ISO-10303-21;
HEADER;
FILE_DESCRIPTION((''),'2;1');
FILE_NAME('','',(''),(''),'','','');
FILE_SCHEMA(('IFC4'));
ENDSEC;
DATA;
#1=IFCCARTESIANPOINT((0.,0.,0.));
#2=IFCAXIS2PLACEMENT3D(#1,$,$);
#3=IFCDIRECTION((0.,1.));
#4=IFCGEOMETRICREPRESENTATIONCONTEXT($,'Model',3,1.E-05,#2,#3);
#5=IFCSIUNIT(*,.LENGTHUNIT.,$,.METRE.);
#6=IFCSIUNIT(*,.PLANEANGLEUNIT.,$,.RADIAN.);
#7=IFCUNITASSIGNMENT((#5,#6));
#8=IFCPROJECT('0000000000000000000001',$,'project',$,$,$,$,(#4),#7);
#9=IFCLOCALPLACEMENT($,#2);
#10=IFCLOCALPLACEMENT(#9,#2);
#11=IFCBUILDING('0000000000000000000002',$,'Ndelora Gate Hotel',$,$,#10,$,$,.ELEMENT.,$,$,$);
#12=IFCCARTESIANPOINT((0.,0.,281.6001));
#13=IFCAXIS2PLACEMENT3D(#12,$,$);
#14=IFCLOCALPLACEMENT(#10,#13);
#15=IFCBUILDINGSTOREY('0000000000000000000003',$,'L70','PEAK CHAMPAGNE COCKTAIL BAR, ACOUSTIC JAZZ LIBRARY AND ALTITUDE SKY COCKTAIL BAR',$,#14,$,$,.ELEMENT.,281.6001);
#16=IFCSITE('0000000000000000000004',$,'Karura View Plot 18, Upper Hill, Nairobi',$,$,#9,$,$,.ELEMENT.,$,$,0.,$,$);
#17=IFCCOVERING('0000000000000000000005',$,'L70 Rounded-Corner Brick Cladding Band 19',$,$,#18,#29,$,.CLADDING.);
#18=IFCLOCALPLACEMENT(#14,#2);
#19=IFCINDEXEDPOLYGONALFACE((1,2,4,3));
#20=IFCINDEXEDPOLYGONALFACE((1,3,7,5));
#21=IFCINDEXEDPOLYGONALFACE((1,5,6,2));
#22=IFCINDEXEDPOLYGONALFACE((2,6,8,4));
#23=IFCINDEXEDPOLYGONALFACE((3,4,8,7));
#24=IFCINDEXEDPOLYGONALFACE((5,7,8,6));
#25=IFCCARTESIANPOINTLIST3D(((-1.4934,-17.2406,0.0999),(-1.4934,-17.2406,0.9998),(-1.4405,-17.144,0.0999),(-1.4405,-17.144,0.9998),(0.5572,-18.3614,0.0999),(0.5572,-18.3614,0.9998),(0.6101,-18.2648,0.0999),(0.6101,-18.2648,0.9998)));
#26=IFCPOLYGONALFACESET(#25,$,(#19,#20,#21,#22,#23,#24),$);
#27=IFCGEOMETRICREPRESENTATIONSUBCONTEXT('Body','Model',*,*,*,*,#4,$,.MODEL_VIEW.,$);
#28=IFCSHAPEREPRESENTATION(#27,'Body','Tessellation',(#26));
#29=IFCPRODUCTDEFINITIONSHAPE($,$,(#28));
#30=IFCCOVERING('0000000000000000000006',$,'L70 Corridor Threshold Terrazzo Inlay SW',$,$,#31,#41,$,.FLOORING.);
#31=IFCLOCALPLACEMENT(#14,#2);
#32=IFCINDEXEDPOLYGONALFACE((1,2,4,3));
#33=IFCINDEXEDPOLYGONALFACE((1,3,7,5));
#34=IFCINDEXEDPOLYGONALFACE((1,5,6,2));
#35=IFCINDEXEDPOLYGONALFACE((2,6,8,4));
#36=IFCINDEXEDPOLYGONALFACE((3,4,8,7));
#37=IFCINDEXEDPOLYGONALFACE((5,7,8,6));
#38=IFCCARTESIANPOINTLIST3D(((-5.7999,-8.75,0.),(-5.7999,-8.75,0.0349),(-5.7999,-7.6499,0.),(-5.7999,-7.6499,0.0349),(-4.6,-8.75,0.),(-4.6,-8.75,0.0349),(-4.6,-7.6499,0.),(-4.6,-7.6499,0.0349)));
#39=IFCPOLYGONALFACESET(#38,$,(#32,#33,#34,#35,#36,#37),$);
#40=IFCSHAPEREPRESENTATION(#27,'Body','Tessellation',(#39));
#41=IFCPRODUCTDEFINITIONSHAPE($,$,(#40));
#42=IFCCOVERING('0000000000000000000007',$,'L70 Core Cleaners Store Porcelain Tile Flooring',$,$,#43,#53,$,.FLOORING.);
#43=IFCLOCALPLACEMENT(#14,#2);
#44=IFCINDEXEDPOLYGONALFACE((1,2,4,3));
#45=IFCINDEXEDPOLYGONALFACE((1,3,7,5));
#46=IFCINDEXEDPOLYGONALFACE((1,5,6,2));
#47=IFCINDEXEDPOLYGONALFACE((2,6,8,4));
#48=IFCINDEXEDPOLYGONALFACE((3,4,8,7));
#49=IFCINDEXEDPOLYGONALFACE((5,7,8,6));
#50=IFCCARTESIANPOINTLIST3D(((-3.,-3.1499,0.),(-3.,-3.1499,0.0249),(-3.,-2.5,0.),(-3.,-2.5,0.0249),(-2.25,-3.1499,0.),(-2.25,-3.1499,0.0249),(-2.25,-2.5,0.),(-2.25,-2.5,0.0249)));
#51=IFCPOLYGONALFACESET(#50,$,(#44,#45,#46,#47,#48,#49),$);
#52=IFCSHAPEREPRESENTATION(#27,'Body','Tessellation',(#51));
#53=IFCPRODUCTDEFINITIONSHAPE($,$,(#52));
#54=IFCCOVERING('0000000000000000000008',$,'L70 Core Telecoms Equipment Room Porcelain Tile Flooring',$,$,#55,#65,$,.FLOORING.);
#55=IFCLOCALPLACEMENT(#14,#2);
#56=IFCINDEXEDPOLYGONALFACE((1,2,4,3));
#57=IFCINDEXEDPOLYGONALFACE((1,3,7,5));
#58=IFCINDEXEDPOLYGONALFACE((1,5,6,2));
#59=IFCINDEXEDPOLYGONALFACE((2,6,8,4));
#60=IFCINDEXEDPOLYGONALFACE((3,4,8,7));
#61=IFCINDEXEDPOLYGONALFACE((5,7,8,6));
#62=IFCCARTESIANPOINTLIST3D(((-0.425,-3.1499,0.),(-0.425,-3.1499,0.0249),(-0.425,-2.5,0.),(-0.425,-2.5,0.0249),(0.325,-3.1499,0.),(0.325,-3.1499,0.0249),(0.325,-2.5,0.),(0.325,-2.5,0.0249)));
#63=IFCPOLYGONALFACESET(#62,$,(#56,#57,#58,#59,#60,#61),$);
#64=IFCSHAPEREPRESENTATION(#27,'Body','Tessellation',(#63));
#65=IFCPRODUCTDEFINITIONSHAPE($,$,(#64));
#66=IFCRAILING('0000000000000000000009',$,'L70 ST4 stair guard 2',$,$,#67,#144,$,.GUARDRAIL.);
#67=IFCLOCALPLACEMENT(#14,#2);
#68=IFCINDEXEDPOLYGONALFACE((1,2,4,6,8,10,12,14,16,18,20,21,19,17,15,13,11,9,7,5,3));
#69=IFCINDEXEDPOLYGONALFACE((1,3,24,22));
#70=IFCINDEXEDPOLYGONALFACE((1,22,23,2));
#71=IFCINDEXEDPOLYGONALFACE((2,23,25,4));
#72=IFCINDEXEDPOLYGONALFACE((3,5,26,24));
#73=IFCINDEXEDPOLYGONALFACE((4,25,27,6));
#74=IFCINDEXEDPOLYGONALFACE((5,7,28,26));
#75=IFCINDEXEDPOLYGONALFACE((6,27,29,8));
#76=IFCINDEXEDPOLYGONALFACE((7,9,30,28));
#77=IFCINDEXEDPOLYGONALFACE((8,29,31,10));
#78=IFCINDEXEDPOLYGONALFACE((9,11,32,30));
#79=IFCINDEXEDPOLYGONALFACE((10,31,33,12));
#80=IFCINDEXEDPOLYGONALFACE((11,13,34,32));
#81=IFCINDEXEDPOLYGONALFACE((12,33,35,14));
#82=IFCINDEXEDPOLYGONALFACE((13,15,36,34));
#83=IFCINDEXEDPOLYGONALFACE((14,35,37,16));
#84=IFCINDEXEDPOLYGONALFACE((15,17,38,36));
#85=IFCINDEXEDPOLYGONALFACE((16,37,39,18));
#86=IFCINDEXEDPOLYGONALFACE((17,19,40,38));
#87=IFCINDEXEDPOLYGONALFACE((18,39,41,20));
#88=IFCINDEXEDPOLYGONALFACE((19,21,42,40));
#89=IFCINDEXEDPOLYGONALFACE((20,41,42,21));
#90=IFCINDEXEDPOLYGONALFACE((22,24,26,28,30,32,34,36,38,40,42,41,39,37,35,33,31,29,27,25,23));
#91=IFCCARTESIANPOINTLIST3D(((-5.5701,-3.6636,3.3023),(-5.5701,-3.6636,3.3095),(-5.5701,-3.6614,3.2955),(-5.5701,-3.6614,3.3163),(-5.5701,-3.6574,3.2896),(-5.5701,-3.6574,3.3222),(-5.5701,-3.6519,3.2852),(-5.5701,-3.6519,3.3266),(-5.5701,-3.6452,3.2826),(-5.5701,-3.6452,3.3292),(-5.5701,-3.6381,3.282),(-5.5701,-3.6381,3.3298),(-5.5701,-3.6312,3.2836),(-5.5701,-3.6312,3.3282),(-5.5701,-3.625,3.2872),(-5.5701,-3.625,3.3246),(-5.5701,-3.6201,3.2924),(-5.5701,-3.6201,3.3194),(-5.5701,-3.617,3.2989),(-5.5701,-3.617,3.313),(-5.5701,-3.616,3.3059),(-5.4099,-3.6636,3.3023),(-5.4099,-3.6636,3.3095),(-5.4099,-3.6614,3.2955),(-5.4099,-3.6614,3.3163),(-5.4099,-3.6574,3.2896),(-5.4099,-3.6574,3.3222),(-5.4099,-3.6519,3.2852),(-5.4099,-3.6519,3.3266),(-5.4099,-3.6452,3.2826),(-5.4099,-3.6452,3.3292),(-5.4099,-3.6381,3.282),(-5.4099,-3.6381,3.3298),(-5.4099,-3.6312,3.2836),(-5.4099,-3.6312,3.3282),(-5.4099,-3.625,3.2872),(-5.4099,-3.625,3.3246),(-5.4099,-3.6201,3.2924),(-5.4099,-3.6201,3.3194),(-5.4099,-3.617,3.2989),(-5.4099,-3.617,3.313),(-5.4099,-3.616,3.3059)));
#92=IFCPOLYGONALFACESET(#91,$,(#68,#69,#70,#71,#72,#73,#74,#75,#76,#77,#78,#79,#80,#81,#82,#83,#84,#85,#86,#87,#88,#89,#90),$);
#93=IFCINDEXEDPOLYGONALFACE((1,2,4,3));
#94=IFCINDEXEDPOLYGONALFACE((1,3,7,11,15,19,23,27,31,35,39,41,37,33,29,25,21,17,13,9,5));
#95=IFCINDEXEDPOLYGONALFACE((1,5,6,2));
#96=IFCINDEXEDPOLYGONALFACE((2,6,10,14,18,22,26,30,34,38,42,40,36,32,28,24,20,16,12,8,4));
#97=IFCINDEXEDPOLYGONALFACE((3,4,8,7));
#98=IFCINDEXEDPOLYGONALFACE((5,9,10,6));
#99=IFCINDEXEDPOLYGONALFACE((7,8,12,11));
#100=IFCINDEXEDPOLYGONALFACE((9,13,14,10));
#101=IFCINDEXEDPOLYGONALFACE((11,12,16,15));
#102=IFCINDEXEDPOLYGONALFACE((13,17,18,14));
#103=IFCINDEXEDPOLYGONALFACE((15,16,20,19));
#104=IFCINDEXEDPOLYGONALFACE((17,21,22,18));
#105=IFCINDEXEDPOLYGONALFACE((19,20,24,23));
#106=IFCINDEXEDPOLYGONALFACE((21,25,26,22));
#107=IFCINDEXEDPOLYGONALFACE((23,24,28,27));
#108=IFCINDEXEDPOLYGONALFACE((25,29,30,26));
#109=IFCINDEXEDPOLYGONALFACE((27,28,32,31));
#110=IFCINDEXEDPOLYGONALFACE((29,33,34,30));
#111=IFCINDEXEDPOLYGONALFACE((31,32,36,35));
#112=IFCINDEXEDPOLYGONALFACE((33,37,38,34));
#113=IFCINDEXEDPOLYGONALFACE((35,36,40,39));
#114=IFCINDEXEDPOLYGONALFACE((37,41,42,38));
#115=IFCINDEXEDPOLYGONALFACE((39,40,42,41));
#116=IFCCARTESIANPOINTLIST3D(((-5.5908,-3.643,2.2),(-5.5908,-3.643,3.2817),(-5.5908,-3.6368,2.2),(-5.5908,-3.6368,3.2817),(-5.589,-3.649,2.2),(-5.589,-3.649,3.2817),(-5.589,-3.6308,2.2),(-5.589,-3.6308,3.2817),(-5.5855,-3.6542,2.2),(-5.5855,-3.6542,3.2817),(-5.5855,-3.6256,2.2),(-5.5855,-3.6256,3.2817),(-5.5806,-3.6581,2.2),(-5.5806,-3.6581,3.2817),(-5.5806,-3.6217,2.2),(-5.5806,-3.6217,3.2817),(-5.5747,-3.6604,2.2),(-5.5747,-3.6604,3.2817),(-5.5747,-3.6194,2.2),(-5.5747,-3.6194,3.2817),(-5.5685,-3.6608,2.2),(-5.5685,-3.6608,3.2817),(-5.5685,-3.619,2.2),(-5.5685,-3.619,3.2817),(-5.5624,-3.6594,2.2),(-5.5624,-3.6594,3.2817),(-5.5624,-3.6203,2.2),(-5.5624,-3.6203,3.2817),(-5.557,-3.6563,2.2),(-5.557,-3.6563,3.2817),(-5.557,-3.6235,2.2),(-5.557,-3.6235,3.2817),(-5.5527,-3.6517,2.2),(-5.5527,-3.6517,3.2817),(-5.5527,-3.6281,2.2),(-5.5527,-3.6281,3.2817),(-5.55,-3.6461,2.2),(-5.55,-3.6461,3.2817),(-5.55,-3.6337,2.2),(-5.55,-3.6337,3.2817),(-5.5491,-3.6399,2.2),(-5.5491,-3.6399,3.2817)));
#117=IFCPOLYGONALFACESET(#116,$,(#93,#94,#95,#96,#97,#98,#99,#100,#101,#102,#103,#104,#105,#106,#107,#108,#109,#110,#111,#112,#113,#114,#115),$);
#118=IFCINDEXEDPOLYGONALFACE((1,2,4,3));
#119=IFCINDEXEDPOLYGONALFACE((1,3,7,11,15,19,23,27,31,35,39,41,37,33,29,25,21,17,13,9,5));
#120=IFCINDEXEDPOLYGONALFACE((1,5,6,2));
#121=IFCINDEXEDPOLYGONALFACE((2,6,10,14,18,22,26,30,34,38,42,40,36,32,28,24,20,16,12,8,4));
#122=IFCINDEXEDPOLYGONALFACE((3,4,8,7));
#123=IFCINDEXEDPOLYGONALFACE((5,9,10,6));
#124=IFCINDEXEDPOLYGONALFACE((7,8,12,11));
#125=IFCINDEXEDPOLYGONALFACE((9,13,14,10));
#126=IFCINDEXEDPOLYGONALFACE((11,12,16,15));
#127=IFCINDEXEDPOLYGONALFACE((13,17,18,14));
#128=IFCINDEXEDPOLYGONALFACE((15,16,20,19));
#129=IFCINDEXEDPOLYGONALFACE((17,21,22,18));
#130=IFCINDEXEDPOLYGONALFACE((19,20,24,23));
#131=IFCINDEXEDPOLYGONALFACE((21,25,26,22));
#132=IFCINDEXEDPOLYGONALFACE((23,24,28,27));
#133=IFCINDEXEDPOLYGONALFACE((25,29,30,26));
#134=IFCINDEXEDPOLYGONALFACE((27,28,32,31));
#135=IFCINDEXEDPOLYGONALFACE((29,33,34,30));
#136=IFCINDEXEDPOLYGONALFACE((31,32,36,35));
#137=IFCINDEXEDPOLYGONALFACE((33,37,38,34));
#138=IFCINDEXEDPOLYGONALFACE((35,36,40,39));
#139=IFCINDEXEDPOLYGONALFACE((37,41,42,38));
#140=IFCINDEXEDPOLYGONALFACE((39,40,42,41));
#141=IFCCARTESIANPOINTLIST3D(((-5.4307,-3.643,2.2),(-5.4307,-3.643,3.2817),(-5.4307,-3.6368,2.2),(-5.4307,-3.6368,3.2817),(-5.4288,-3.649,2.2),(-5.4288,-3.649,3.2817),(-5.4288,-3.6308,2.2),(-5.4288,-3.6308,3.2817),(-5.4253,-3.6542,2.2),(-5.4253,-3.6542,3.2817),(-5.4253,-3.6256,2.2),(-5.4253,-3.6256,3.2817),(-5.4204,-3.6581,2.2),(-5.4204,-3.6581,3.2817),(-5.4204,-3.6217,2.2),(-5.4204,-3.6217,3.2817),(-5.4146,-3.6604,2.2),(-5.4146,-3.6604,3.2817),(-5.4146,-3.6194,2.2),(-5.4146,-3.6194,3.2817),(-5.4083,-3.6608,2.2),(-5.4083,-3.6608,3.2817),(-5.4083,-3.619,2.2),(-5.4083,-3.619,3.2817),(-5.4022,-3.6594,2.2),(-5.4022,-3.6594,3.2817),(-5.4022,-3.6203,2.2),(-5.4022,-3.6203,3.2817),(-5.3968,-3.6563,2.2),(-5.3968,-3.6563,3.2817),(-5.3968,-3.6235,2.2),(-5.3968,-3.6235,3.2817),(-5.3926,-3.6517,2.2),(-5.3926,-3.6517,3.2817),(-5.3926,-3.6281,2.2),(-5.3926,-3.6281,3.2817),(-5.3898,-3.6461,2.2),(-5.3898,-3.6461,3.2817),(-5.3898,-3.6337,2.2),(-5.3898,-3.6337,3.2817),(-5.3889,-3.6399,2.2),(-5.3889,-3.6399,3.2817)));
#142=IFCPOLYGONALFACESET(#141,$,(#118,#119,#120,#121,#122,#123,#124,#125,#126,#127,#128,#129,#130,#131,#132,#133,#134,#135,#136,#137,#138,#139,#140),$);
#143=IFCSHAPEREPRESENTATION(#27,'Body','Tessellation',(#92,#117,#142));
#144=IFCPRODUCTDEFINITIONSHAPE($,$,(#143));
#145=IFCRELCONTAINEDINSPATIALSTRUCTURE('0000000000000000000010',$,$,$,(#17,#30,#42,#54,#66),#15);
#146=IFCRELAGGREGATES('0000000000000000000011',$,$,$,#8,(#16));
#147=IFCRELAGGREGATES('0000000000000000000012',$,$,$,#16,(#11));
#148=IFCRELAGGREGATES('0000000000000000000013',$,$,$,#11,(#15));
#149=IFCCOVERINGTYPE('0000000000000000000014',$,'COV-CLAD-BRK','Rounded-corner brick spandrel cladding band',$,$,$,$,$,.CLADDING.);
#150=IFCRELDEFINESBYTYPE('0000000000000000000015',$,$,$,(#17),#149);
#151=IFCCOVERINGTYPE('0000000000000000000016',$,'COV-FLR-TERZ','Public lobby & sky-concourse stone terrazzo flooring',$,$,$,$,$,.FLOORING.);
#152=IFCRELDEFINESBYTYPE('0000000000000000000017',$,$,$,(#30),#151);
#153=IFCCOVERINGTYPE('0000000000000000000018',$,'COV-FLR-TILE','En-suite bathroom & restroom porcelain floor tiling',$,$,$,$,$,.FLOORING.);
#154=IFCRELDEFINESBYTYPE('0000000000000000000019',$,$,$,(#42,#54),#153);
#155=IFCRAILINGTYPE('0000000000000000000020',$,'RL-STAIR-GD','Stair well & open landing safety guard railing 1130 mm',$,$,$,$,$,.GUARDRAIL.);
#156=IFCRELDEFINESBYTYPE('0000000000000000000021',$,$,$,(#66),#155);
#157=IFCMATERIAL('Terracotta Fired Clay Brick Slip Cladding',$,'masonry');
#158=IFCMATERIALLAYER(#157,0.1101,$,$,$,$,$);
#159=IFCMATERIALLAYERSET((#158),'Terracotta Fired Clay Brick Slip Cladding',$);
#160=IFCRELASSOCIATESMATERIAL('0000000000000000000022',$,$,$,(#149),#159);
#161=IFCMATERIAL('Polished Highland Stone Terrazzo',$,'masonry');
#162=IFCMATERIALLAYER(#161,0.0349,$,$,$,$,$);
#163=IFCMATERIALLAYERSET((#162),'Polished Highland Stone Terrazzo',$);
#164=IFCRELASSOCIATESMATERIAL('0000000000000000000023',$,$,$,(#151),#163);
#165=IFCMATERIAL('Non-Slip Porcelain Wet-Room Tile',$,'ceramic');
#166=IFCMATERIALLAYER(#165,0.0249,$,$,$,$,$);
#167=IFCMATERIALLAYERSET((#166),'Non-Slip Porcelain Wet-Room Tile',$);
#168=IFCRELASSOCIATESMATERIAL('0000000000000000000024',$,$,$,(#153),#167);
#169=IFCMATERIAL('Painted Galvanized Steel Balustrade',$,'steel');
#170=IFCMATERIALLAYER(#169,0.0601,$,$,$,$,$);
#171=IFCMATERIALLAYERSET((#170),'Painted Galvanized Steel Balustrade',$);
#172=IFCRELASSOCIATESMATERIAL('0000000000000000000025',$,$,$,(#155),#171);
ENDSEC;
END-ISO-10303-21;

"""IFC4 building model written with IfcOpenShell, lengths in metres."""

from ifc_helpers import new_model, si_unit, direction, frame, origin, origin_2d, place, context, subcontext, project, spatial, rectangle, circle, extrude, material, layer, layer_set, type_object, element, save


model = new_model("IFC4")

# Units and contexts
model_context = context("Model", 3, precision=1e-05, world=origin(), true_north=direction((0.0, 1.0)))
body_context = subcontext(model_context, "Body", "Model", "MODEL_VIEW")
ifc_project = project(units=[si_unit("LENGTHUNIT", "METRE"), si_unit("PLANEANGLEUNIT", "RADIAN")], contexts=[model_context])

# Site, building, storey
site_placement = place(None, origin())
site = spatial("IfcSite", under=ifc_project, at=site_placement, Name="Karura View Plot 18, Upper Hill, Nairobi", CompositionType="ELEMENT", RefElevation=0.0)
building_placement = place(site_placement, origin())
building = spatial("IfcBuilding", under=site, at=building_placement, Name="Ndelora Gate Hotel", CompositionType="ELEMENT")
storey_placement = place(building_placement, frame((0.0, 0.0, 281.6001)))
storey = spatial("IfcBuildingStorey", under=building, at=storey_placement, Name="L70", Description="PEAK CHAMPAGNE COCKTAIL BAR, ACOUSTIC JAZZ LIBRARY AND ALTITUDE SKY COCKTAIL BAR", CompositionType="ELEMENT", Elevation=281.6001)

# Coverings
ifc_material_1 = material(Name="Terracotta Fired Clay Brick Slip Cladding", Category="masonry")
ifc_layer_1 = layer(ifc_material_1, 0.1101)
ifc_layer_set_1 = layer_set([ifc_layer_1], Name="Terracotta Fired Clay Brick Slip Cladding")
covering_type_1 = type_object("IfcCoveringType", Name="COV-CLAD-BRK", Description="Rounded-corner brick spandrel cladding band", PredefinedType="CLADDING", material=ifc_layer_set_1)
covering_1_placement = place(storey_placement, frame((-0.4417, -17.7527, 0.0999), z_axis=(0.0, 0.0, 1.0), x_axis=(-0.877481, 0.479611, 0.0)))
element("IfcCovering", 1, at=covering_1_placement, inside=storey, type_object=covering_type_1, Name="L70 Rounded-Corner Brick Cladding Band 19", PredefinedType="CLADDING", context=body_context, shape_type="SweptSolid", body=[
    extrude(rectangle(XDim=2.3369, YDim=0.1101, at=origin_2d()), origin(), (0.0, 0.0, 1.0), 0.8999),
])
ifc_material_2 = material(Name="Polished Highland Stone Terrazzo", Category="masonry")
ifc_layer_2 = layer(ifc_material_2, 0.0349)
ifc_layer_set_2 = layer_set([ifc_layer_2], Name="Polished Highland Stone Terrazzo")
covering_type_2 = type_object("IfcCoveringType", Name="COV-FLR-TERZ", Description="Public lobby & sky-concourse stone terrazzo flooring", PredefinedType="FLOORING", material=ifc_layer_set_2)
covering_2_placement = place(storey_placement, frame((-5.2, -8.2, 0.0), z_axis=(0.0, 0.0, 1.0), x_axis=(1.0, 0.0, 0.0)))
element("IfcCovering", 2, at=covering_2_placement, inside=storey, type_object=covering_type_2, Name="L70 Corridor Threshold Terrazzo Inlay SW", PredefinedType="FLOORING", context=body_context, shape_type="SweptSolid", body=[
    extrude(rectangle(XDim=1.2, YDim=1.1001, at=origin_2d()), origin(), (0.0, 0.0, 1.0), 0.0349),
])
ifc_material_3 = material(Name="Non-Slip Porcelain Wet-Room Tile", Category="ceramic")
ifc_layer_3 = layer(ifc_material_3, 0.0249)
ifc_layer_set_3 = layer_set([ifc_layer_3], Name="Non-Slip Porcelain Wet-Room Tile")
covering_type_3 = type_object("IfcCoveringType", Name="COV-FLR-TILE", Description="En-suite bathroom & restroom porcelain floor tiling", PredefinedType="FLOORING", material=ifc_layer_set_3)
for number, where, z_axis, x_axis, name in (
    (3, (-2.625, -2.825, 0.0), (0.0, 0.0, 1.0), (1.0, 0.0, 0.0), "L70 Core Cleaners Store Porcelain Tile Flooring"),
    (4, (-0.05, -2.825, 0.0), (0.0, 0.0, 1.0), (1.0, 0.0, 0.0), "L70 Core Telecoms Equipment Room Porcelain Tile Flooring"),
):
    element("IfcCovering", number, at=place(storey_placement, frame(where, z_axis=z_axis, x_axis=x_axis)), inside=storey, type_object=covering_type_3, Name=name, PredefinedType="FLOORING", context=body_context, shape_type="SweptSolid", body=[
        extrude(rectangle(XDim=0.75, YDim=0.6499, at=origin_2d()), origin(), (0.0, 0.0, 1.0), 0.0249),
    ])

# Railing
ifc_material_4 = material(Name="Painted Galvanized Steel Balustrade", Category="steel")
ifc_layer_4 = layer(ifc_material_4, 0.0601)
ifc_layer_set_4 = layer_set([ifc_layer_4], Name="Painted Galvanized Steel Balustrade")
railing_type_1 = type_object("IfcRailingType", Name="RL-STAIR-GD", Description="Stair well & open landing safety guard railing 1130 mm", PredefinedType="GUARDRAIL", material=ifc_layer_set_4)
railing_1_placement = place(storey_placement, frame((-5.5701, -3.6399, 2.2)))
element("IfcRailing", 5, at=railing_1_placement, inside=storey, type_object=railing_type_1, Name="L70 ST4 stair guard 2", PredefinedType="GUARDRAIL", context=body_context, shape_type="SweptSolid", body=[
    extrude(circle(Radius=0.0239, at=origin_2d()), frame((0.0, 0.0, 1.106), z_axis=(1.0, 0.0, 0.0), x_axis=(0.0, 1.0, 0.0)), (0.0, 0.0, 1.0), 0.1602),
    extrude(circle(Radius=0.021, at=origin_2d()), origin(), (0.0, 0.0, 1.0), 1.0818),
    extrude(circle(Radius=0.021, at=origin_2d()), frame((0.1602, 0.0, 0.0)), (0.0, 0.0, 1.0), 1.0818),
])

save(model, "model.ifc")
